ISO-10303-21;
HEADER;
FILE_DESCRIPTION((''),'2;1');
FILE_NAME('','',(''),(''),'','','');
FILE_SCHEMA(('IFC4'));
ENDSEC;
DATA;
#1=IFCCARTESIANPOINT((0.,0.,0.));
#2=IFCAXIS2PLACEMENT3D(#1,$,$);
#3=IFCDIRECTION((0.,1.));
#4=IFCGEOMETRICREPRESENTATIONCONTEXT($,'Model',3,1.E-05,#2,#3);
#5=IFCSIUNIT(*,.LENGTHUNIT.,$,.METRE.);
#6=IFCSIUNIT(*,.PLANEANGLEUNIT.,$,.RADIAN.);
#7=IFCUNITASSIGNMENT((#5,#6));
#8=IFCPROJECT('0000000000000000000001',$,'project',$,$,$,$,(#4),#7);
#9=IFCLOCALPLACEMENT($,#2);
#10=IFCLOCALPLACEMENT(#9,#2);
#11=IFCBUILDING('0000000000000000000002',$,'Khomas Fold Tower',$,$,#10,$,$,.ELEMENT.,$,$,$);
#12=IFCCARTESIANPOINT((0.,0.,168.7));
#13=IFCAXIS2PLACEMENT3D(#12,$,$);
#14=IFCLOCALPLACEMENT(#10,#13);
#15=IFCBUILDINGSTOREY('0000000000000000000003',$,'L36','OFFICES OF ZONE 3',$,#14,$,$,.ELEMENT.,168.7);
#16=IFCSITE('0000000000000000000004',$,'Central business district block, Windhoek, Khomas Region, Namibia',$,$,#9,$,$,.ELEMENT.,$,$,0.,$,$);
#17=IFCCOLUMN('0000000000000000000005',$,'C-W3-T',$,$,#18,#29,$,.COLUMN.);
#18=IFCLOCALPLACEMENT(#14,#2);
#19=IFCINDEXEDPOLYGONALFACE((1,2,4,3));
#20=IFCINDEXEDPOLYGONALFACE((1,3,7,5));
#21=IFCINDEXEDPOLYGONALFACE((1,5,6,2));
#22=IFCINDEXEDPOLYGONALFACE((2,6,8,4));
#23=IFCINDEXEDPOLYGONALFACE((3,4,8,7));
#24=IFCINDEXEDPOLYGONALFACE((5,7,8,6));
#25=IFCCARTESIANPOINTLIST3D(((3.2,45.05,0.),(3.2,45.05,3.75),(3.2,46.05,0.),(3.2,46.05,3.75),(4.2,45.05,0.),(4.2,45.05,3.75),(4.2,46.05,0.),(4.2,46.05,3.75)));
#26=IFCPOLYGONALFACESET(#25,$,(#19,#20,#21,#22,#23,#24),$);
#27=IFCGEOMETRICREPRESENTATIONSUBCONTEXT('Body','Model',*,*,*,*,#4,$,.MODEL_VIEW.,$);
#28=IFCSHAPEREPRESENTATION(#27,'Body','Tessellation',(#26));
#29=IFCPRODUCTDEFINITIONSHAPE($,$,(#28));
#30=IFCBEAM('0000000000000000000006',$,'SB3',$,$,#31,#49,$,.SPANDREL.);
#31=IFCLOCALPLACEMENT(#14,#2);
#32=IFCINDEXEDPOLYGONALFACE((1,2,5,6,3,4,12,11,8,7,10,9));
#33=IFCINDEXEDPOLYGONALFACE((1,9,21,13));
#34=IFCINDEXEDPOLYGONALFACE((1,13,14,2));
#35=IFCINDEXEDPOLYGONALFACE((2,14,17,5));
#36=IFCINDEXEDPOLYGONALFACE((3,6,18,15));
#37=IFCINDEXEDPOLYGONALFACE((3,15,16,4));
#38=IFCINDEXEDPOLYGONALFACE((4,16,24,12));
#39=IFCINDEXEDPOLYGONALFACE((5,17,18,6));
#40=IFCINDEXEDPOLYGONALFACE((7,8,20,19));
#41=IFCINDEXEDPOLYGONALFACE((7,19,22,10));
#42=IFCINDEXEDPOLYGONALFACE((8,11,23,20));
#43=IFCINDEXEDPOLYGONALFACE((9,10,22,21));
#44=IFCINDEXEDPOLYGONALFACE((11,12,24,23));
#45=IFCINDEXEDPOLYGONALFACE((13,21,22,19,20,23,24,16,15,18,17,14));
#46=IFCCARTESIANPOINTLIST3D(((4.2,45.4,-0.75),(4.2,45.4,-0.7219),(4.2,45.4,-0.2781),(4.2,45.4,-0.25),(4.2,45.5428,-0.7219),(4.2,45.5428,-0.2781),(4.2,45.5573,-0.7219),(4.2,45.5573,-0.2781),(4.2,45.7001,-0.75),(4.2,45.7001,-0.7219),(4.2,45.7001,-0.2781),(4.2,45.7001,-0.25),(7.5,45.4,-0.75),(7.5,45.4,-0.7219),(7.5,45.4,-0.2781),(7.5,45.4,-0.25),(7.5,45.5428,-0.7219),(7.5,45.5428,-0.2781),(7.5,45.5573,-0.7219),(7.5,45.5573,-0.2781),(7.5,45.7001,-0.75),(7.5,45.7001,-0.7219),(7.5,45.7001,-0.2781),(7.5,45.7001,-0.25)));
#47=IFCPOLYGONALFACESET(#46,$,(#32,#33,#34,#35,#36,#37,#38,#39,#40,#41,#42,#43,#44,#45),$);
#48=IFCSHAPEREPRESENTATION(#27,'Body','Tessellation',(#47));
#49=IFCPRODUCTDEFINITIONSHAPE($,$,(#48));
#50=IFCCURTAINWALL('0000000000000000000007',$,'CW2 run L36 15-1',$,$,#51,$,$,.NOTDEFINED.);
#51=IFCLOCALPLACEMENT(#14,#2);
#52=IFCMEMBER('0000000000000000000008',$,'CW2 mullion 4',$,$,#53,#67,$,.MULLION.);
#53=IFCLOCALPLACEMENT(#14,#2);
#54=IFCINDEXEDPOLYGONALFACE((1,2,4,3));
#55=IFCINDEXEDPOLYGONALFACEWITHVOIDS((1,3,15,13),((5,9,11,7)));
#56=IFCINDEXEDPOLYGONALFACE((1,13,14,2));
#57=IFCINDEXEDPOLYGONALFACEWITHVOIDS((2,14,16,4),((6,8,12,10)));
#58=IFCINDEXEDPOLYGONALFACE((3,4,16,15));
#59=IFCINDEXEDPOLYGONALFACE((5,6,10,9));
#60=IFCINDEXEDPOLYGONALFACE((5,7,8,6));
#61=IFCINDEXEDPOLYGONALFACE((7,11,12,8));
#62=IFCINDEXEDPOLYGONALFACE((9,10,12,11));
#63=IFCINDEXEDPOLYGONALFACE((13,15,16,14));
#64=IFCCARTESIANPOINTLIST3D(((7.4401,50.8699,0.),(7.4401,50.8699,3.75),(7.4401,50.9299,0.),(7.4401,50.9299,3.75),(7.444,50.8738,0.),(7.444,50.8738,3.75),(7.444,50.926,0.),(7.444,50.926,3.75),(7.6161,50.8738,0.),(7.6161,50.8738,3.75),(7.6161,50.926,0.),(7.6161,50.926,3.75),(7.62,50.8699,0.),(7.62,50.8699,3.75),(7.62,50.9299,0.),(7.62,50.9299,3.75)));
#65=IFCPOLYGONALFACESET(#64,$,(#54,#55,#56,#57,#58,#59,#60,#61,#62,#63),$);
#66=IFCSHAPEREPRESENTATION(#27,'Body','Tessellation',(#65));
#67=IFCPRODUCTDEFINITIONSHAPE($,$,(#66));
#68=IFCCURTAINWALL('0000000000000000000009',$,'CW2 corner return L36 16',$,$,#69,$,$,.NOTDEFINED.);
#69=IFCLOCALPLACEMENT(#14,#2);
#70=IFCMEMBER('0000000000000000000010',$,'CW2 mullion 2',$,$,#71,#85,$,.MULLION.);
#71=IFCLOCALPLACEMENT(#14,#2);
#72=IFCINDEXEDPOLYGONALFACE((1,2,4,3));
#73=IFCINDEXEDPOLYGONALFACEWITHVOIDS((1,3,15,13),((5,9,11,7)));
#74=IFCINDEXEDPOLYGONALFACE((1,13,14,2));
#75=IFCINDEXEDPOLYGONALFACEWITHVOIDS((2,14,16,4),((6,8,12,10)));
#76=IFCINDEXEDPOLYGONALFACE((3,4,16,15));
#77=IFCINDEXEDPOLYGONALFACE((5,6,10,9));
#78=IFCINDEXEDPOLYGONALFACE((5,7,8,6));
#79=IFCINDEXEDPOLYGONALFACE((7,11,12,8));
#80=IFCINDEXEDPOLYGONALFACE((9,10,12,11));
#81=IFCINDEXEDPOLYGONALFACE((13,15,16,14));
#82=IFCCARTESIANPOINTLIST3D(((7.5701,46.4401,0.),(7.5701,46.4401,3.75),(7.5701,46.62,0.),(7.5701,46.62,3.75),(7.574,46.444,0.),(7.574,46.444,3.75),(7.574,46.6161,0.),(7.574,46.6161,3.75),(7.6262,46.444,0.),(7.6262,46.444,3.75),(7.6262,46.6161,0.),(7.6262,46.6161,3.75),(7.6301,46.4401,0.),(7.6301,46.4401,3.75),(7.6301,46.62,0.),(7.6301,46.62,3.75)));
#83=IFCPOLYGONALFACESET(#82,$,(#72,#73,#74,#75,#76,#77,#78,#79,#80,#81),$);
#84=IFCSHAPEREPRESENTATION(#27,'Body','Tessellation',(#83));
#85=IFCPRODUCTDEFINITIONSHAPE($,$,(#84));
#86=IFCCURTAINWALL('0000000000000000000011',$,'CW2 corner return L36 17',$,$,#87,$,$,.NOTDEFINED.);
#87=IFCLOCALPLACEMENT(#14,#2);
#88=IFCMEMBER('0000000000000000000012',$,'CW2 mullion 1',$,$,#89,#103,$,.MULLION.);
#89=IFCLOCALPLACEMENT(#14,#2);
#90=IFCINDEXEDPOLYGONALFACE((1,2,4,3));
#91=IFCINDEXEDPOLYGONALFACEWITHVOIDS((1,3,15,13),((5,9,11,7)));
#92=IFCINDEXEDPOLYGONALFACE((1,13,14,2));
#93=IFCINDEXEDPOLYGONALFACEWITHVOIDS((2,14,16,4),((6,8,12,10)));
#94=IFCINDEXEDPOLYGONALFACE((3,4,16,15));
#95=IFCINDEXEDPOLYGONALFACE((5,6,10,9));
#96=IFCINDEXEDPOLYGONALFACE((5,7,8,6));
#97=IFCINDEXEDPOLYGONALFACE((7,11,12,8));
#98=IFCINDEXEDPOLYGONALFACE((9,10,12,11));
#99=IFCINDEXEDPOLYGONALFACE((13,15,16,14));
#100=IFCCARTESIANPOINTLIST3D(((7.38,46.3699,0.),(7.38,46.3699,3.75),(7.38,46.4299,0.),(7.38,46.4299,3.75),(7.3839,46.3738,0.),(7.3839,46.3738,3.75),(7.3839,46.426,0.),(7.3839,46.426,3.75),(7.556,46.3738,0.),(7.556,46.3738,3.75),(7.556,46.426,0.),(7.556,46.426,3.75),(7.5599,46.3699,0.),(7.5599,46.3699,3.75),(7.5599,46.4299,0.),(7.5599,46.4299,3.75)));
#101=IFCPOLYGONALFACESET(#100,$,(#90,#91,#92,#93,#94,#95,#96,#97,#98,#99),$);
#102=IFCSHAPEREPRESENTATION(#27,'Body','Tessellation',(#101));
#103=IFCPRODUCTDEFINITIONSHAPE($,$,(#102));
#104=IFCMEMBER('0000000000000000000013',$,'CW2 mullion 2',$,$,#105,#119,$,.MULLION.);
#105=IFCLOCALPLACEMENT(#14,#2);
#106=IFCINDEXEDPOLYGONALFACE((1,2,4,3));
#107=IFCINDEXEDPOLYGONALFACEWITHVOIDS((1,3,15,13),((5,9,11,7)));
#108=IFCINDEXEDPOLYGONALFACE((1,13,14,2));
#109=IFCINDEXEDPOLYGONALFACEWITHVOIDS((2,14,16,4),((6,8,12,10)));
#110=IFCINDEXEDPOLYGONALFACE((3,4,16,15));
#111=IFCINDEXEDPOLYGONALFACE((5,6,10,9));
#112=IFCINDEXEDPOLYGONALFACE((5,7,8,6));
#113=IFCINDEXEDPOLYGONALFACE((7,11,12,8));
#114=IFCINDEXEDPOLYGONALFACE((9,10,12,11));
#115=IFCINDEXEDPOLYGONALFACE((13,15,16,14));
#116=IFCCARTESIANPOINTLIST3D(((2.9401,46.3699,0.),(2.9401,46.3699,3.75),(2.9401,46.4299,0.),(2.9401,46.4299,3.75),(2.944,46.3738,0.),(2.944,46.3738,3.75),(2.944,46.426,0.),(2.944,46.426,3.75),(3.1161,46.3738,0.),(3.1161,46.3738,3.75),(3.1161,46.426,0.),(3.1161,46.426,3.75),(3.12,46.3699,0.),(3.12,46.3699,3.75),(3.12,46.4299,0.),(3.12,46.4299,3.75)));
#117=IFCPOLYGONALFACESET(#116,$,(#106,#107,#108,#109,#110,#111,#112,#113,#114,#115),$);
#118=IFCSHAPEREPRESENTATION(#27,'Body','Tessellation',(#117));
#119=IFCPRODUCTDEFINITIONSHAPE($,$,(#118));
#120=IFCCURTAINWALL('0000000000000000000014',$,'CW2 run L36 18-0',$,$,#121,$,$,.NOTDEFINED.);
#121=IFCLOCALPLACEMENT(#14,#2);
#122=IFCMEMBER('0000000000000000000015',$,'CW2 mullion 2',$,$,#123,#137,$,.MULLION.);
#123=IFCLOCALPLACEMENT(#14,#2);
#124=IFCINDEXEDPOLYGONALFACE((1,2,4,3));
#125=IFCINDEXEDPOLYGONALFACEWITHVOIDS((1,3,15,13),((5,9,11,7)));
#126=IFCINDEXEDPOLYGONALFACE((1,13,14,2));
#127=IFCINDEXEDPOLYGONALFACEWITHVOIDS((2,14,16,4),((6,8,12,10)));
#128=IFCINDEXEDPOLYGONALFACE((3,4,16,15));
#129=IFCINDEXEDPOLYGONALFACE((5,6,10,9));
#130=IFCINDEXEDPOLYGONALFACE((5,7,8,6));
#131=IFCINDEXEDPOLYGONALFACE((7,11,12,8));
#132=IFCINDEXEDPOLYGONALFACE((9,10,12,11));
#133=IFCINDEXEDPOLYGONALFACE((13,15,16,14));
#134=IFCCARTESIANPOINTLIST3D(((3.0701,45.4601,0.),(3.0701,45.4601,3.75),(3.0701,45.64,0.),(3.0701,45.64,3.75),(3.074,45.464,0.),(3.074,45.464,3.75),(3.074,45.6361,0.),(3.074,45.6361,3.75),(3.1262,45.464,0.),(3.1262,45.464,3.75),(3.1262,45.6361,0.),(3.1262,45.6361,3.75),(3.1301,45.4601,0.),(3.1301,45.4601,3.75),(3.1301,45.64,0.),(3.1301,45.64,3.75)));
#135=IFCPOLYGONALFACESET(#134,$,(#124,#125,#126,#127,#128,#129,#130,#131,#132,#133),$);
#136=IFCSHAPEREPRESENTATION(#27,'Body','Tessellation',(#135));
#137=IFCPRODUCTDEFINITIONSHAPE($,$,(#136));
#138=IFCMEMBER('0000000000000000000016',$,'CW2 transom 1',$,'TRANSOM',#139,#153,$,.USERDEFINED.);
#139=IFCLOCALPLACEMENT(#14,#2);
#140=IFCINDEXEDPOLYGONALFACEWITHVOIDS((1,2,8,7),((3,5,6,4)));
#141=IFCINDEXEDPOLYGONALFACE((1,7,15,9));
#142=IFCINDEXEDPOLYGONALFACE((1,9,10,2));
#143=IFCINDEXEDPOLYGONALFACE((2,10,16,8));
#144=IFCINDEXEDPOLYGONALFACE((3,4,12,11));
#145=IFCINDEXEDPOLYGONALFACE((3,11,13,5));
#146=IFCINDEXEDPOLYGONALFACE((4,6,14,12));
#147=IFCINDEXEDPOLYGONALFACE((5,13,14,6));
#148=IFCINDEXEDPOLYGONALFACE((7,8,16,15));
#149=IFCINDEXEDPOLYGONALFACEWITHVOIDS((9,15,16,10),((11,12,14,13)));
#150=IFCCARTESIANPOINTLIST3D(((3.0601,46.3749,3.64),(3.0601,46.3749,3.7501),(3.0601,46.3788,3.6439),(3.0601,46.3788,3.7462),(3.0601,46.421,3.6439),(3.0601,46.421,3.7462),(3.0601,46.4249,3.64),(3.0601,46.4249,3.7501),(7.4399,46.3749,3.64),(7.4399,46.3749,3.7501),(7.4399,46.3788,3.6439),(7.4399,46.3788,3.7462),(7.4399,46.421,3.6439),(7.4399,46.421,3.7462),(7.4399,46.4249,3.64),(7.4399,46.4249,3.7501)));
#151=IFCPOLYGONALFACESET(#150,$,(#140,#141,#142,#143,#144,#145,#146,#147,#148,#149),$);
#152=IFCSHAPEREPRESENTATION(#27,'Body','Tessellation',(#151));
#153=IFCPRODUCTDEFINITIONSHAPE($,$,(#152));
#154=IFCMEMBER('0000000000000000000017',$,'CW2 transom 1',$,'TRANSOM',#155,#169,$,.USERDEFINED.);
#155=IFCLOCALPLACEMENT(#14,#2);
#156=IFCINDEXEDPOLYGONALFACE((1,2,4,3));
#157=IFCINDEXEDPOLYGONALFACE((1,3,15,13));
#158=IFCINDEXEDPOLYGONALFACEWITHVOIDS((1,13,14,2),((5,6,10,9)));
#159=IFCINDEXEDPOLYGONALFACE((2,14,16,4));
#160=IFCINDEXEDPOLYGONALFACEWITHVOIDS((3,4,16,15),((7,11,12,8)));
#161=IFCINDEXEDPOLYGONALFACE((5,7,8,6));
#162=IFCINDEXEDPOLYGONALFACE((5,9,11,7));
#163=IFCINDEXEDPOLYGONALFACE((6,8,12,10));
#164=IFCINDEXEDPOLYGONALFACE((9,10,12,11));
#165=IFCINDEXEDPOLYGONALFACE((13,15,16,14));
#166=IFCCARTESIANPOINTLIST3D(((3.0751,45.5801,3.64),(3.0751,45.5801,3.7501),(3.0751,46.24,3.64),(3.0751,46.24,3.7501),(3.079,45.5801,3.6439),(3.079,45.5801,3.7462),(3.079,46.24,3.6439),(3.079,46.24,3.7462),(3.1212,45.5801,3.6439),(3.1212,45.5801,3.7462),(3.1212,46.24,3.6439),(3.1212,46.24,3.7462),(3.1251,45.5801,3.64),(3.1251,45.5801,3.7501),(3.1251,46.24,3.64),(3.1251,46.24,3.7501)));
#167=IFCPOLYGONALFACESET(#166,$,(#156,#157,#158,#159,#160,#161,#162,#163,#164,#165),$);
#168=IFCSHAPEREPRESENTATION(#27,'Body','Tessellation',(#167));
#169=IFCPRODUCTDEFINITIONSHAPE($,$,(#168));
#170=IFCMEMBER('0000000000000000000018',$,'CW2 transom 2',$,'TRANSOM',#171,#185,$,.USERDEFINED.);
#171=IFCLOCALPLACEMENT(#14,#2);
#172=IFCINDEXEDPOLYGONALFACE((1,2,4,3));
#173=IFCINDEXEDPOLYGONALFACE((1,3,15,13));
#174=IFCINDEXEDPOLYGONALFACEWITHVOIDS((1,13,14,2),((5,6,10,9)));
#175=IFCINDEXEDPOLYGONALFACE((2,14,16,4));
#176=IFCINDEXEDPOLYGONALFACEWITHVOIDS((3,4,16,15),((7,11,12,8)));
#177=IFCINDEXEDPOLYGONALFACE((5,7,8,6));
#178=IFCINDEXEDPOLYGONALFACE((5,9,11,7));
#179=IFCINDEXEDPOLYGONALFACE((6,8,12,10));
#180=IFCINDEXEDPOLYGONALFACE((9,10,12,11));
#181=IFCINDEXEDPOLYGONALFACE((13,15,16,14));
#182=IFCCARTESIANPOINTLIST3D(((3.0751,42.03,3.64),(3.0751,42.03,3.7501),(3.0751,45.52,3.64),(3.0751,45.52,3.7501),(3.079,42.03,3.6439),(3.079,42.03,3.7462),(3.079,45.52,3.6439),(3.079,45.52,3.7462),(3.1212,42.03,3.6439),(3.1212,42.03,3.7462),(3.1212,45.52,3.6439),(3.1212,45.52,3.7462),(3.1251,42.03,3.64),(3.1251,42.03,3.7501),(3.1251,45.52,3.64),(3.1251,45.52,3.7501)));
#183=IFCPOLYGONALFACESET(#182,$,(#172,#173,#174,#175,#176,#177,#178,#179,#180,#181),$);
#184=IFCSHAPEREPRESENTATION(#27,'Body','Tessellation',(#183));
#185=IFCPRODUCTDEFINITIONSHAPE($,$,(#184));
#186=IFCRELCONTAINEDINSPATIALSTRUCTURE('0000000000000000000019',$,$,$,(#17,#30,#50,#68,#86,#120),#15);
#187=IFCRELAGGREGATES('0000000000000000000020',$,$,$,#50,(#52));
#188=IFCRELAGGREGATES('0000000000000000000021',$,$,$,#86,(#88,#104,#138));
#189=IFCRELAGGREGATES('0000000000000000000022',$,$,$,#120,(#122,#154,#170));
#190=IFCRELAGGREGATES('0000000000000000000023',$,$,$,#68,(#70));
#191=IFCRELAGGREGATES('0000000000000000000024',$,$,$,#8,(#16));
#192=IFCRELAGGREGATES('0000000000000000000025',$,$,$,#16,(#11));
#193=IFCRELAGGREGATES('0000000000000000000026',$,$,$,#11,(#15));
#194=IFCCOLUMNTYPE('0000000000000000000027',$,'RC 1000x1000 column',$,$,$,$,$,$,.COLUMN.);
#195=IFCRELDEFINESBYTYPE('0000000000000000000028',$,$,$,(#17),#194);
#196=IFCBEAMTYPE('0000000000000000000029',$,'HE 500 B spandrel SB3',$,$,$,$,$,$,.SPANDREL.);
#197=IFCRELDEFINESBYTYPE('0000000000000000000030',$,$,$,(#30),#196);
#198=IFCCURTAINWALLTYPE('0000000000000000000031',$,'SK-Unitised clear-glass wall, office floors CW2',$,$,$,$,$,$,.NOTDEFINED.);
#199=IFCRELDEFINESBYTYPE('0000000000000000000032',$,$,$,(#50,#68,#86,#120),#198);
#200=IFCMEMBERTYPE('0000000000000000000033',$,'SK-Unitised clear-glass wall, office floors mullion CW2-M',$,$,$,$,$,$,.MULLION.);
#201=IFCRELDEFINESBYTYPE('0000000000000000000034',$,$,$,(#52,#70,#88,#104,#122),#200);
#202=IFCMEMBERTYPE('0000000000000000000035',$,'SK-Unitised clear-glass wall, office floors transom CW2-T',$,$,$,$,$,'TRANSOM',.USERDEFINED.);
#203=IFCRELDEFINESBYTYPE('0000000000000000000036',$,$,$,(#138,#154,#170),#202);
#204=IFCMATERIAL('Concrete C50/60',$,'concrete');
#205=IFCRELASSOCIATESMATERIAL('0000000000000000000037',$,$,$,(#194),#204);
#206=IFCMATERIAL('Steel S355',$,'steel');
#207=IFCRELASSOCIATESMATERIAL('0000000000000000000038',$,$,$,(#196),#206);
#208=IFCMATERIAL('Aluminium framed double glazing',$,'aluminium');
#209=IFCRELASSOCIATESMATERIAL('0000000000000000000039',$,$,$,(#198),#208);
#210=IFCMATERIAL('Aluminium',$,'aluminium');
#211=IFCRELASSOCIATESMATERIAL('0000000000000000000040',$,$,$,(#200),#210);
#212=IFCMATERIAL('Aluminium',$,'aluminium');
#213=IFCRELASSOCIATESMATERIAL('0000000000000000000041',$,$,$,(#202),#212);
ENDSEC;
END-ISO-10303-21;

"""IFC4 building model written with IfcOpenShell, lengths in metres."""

from ifc_helpers import new_model, si_unit, direction, frame, origin, origin_2d, place, context, subcontext, project, spatial, rectangle, hollow_rectangle, i_section, extrude, source, transform, mapped, material, material_profile, profile_set, type_object, element, aggregate, save


model = new_model("IFC4")

# Units and contexts
model_context = context("Model", 3, precision=1e-05, world=origin(), true_north=direction((0.0, 1.0)))
body_context = subcontext(model_context, "Body", "Model", "MODEL_VIEW")
ifc_project = project(units=[si_unit("LENGTHUNIT", "METRE"), si_unit("PLANEANGLEUNIT", "RADIAN")], contexts=[model_context])

# Site, building, storey
site_placement = place(None, origin())
site = spatial("IfcSite", under=ifc_project, at=site_placement, Name="Central business district block, Windhoek, Khomas Region, Namibia", CompositionType="ELEMENT", RefElevation=0.0)
building_placement = place(site_placement, origin())
building = spatial("IfcBuilding", under=site, at=building_placement, Name="Khomas Fold Tower", CompositionType="ELEMENT")
storey_placement = place(building_placement, frame((0.0, 0.0, 168.7)))
storey = spatial("IfcBuildingStorey", under=building, at=storey_placement, Name="L36", Description="OFFICES OF ZONE 3", CompositionType="ELEMENT", Elevation=168.7)

# Column
ifc_material_1 = material(Name="Concrete C50/60", Category="concrete")
ifc_material_profile_1 = material_profile(ifc_material_1, rectangle(XDim=1.0, YDim=1.0, at=origin_2d()), Name="RC 1000x1000")
ifc_profile_set_1 = profile_set([ifc_material_profile_1], Name="Concrete C50/60")
column_type = type_object("IfcColumnType", Name="RC 1000x1000 column", PredefinedType="COLUMN", material=ifc_profile_set_1)
shared_shape_1 = source(origin(), body_context, "Body", "SweptSolid", [
    extrude(rectangle(XDim=1.0, YDim=1.0, at=origin_2d()), origin(), (0.0, 0.0, 1.0), 3.75),
])
column_placement = place(storey_placement, frame((3.7, 45.55, 0.0), z_axis=(0.0, 0.0, 1.0), x_axis=(1.0, 0.0, 0.0)))
element("IfcColumn", 1, at=column_placement, inside=storey, type_object=column_type, Name="C-W3-T", PredefinedType="COLUMN", context=body_context, shape_type="MappedRepresentation", body=[
    mapped(shared_shape_1, transform((0.0, 0.0, 0.0))),
])

# Beam
ifc_material_2 = material(Name="Steel S355", Category="steel")
ifc_material_profile_2 = material_profile(ifc_material_2, i_section(OverallWidth=0.3, OverallDepth=0.5, WebThickness=0.0144, FlangeThickness=0.0281, at=origin_2d()), Name="HE 500 B")
ifc_profile_set_2 = profile_set([ifc_material_profile_2], Name="Steel S355")
beam_type = type_object("IfcBeamType", Name="HE 500 B spandrel SB3", PredefinedType="SPANDREL", material=ifc_profile_set_2)
shared_shape_2 = source(origin(), body_context, "Body", "SweptSolid", [
    extrude(i_section(OverallWidth=0.3, OverallDepth=0.5, WebThickness=0.0144, FlangeThickness=0.0281, at=origin_2d()), origin(), (0.0, 0.0, 1.0), 3.3),
])
beam_placement = place(storey_placement, frame((4.2, 45.55, -0.5), z_axis=(1.0, 0.0, 0.0), x_axis=(0.0, 1.0, 0.0)))
element("IfcBeam", 2, at=beam_placement, inside=storey, type_object=beam_type, Name="SB3", PredefinedType="SPANDREL", context=body_context, shape_type="MappedRepresentation", body=[
    mapped(shared_shape_2, transform((0.0, 0.0, 0.0))),
])

# Curtain walls, members
ifc_material_3 = material(Name="Aluminium framed double glazing", Category="aluminium")
curtain_wall_type = type_object("IfcCurtainWallType", Name="SK-Unitised clear-glass wall, office floors CW2", PredefinedType="NOTDEFINED", material=ifc_material_3)
curtain_wall_1_placement = place(storey_placement, origin())
curtain_wall_1 = element("IfcCurtainWall", 3, at=curtain_wall_1_placement, inside=storey, type_object=curtain_wall_type, Name="CW2 run L36 15-1", PredefinedType="NOTDEFINED")
ifc_material_4 = material(Name="Aluminium", Category="aluminium")
ifc_material_profile_3 = material_profile(ifc_material_4, hollow_rectangle(XDim=0.0601, YDim=0.1799, WallThickness=0.0039, at=origin_2d()), Name="SK-Unitised clear-glass wall, office floors mullion CW2-M")
ifc_profile_set_3 = profile_set([ifc_material_profile_3], Name="Aluminium")
member_type_1 = type_object("IfcMemberType", Name="SK-Unitised clear-glass wall, office floors mullion CW2-M", PredefinedType="MULLION", material=ifc_profile_set_3)
shared_shape_3 = source(origin(), body_context, "Body", "SweptSolid", [
    extrude(hollow_rectangle(XDim=0.0601, YDim=0.1799, WallThickness=0.0039, at=origin_2d()), origin(), (0.0, 0.0, 1.0), 3.75),
])
member_1_placement = place(storey_placement, frame((7.53, 50.8999, 0.0), z_axis=(0.0, 0.0, 1.0), x_axis=(0.0, -1.0, 0.0)))
member_1 = element("IfcMember", 4, at=member_1_placement, type_object=member_type_1, Name="CW2 mullion 4", PredefinedType="MULLION", context=body_context, shape_type="MappedRepresentation", body=[
    mapped(shared_shape_3, transform((0.0, 0.0, 0.0))),
])
aggregate(curtain_wall_1, [member_1])
curtain_wall_2_placement = place(storey_placement, origin())
curtain_wall_2 = element("IfcCurtainWall", 5, at=curtain_wall_2_placement, inside=storey, type_object=curtain_wall_type, Name="CW2 corner return L36 16", PredefinedType="NOTDEFINED")
member_2_placement = place(storey_placement, frame((7.6001, 46.53, 0.0), z_axis=(0.0, 0.0, 1.0), x_axis=(1.0, 0.0, 0.0)))
member_2 = element("IfcMember", 6, at=member_2_placement, type_object=member_type_1, Name="CW2 mullion 2", PredefinedType="MULLION", context=body_context, shape_type="MappedRepresentation", body=[
    mapped(shared_shape_3, transform((0.0, 0.0, 0.0))),
])

# Curtain wall, members
curtain_wall_3_placement = place(storey_placement, origin())
curtain_wall_3 = element("IfcCurtainWall", 7, at=curtain_wall_3_placement, inside=storey, type_object=curtain_wall_type, Name="CW2 corner return L36 17", PredefinedType="NOTDEFINED")
member_3_placement = place(storey_placement, frame((7.47, 46.3999, 0.0), z_axis=(0.0, 0.0, 1.0), x_axis=(0.0, -1.0, 0.0)))
member_3 = element("IfcMember", 8, at=member_3_placement, type_object=member_type_1, Name="CW2 mullion 1", PredefinedType="MULLION", context=body_context, shape_type="MappedRepresentation", body=[
    mapped(shared_shape_3, transform((0.0, 0.0, 0.0))),
])
member_4_placement = place(storey_placement, frame((3.03, 46.3999, 0.0), z_axis=(0.0, 0.0, 1.0), x_axis=(0.0, -1.0, 0.0)))
member_4 = element("IfcMember", 9, at=member_4_placement, type_object=member_type_1, Name="CW2 mullion 2", PredefinedType="MULLION", context=body_context, shape_type="MappedRepresentation", body=[
    mapped(shared_shape_3, transform((0.0, 0.0, 0.0))),
])

# Curtain wall, member
curtain_wall_4_placement = place(storey_placement, origin())
curtain_wall_4 = element("IfcCurtainWall", 10, at=curtain_wall_4_placement, inside=storey, type_object=curtain_wall_type, Name="CW2 run L36 18-0", PredefinedType="NOTDEFINED")
member_5_placement = place(storey_placement, frame((3.1001, 45.55, 0.0), z_axis=(0.0, 0.0, 1.0), x_axis=(1.0, 0.0, 0.0)))
member_5 = element("IfcMember", 11, at=member_5_placement, type_object=member_type_1, Name="CW2 mullion 2", PredefinedType="MULLION", context=body_context, shape_type="MappedRepresentation", body=[
    mapped(shared_shape_3, transform((0.0, 0.0, 0.0))),
])

# Members
ifc_material_5 = material(Name="Aluminium", Category="aluminium")
ifc_material_profile_4 = material_profile(ifc_material_5, hollow_rectangle(XDim=0.05, YDim=0.1101, WallThickness=0.0039, at=origin_2d()), Name="SK-Unitised clear-glass wall, office floors transom CW2-T")
ifc_profile_set_4 = profile_set([ifc_material_profile_4], Name="Aluminium")
member_type_2 = type_object("IfcMemberType", Name="SK-Unitised clear-glass wall, office floors transom CW2-T", ElementType="TRANSOM", PredefinedType="USERDEFINED", material=ifc_profile_set_4)
shared_shape_4 = source(origin(), body_context, "Body", "SweptSolid", [
    extrude(hollow_rectangle(XDim=0.05, YDim=0.1101, WallThickness=0.0039, at=origin_2d()), origin(), (0.0, 0.0, 1.0), 4.3799),
])
member_6_placement = place(storey_placement, frame((7.4399, 46.3999, 3.6951), z_axis=(-1.0, 0.0, 0.0), x_axis=(0.0, -1.0, 0.0)))
member_6 = element("IfcMember", 12, at=member_6_placement, type_object=member_type_2, Name="CW2 transom 1", ObjectType="TRANSOM", PredefinedType="USERDEFINED", context=body_context, shape_type="MappedRepresentation", body=[
    mapped(shared_shape_4, transform((0.0, 0.0, 0.0))),
])
shared_shape_5 = source(origin(), body_context, "Body", "SweptSolid", [
    extrude(hollow_rectangle(XDim=0.05, YDim=0.1101, WallThickness=0.0039, at=origin_2d()), origin(), (0.0, 0.0, 1.0), 0.6599),
])
member_7_placement = place(storey_placement, frame((3.1001, 46.24, 3.6951), z_axis=(0.0, -1.0, 0.0), x_axis=(1.0, 0.0, 0.0)))
member_7 = element("IfcMember", 13, at=member_7_placement, type_object=member_type_2, Name="CW2 transom 1", ObjectType="TRANSOM", PredefinedType="USERDEFINED", context=body_context, shape_type="MappedRepresentation", body=[
    mapped(shared_shape_5, transform((0.0, 0.0, 0.0))),
])
shared_shape_6 = source(origin(), body_context, "Body", "SweptSolid", [
    extrude(hollow_rectangle(XDim=0.05, YDim=0.1101, WallThickness=0.0039, at=origin_2d()), origin(), (0.0, 0.0, 1.0), 3.49),
])
member_8_placement = place(storey_placement, frame((3.1001, 45.52, 3.6951), z_axis=(0.0, -1.0, 0.0), x_axis=(1.0, 0.0, 0.0)))
member_8 = element("IfcMember", 14, at=member_8_placement, type_object=member_type_2, Name="CW2 transom 2", ObjectType="TRANSOM", PredefinedType="USERDEFINED", context=body_context, shape_type="MappedRepresentation", body=[
    mapped(shared_shape_6, transform((0.0, 0.0, 0.0))),
])

aggregate(curtain_wall_3, [member_3, member_4, member_6])
aggregate(curtain_wall_4, [member_5, member_7, member_8])
aggregate(curtain_wall_2, [member_2])

save(model, "model.ifc")
